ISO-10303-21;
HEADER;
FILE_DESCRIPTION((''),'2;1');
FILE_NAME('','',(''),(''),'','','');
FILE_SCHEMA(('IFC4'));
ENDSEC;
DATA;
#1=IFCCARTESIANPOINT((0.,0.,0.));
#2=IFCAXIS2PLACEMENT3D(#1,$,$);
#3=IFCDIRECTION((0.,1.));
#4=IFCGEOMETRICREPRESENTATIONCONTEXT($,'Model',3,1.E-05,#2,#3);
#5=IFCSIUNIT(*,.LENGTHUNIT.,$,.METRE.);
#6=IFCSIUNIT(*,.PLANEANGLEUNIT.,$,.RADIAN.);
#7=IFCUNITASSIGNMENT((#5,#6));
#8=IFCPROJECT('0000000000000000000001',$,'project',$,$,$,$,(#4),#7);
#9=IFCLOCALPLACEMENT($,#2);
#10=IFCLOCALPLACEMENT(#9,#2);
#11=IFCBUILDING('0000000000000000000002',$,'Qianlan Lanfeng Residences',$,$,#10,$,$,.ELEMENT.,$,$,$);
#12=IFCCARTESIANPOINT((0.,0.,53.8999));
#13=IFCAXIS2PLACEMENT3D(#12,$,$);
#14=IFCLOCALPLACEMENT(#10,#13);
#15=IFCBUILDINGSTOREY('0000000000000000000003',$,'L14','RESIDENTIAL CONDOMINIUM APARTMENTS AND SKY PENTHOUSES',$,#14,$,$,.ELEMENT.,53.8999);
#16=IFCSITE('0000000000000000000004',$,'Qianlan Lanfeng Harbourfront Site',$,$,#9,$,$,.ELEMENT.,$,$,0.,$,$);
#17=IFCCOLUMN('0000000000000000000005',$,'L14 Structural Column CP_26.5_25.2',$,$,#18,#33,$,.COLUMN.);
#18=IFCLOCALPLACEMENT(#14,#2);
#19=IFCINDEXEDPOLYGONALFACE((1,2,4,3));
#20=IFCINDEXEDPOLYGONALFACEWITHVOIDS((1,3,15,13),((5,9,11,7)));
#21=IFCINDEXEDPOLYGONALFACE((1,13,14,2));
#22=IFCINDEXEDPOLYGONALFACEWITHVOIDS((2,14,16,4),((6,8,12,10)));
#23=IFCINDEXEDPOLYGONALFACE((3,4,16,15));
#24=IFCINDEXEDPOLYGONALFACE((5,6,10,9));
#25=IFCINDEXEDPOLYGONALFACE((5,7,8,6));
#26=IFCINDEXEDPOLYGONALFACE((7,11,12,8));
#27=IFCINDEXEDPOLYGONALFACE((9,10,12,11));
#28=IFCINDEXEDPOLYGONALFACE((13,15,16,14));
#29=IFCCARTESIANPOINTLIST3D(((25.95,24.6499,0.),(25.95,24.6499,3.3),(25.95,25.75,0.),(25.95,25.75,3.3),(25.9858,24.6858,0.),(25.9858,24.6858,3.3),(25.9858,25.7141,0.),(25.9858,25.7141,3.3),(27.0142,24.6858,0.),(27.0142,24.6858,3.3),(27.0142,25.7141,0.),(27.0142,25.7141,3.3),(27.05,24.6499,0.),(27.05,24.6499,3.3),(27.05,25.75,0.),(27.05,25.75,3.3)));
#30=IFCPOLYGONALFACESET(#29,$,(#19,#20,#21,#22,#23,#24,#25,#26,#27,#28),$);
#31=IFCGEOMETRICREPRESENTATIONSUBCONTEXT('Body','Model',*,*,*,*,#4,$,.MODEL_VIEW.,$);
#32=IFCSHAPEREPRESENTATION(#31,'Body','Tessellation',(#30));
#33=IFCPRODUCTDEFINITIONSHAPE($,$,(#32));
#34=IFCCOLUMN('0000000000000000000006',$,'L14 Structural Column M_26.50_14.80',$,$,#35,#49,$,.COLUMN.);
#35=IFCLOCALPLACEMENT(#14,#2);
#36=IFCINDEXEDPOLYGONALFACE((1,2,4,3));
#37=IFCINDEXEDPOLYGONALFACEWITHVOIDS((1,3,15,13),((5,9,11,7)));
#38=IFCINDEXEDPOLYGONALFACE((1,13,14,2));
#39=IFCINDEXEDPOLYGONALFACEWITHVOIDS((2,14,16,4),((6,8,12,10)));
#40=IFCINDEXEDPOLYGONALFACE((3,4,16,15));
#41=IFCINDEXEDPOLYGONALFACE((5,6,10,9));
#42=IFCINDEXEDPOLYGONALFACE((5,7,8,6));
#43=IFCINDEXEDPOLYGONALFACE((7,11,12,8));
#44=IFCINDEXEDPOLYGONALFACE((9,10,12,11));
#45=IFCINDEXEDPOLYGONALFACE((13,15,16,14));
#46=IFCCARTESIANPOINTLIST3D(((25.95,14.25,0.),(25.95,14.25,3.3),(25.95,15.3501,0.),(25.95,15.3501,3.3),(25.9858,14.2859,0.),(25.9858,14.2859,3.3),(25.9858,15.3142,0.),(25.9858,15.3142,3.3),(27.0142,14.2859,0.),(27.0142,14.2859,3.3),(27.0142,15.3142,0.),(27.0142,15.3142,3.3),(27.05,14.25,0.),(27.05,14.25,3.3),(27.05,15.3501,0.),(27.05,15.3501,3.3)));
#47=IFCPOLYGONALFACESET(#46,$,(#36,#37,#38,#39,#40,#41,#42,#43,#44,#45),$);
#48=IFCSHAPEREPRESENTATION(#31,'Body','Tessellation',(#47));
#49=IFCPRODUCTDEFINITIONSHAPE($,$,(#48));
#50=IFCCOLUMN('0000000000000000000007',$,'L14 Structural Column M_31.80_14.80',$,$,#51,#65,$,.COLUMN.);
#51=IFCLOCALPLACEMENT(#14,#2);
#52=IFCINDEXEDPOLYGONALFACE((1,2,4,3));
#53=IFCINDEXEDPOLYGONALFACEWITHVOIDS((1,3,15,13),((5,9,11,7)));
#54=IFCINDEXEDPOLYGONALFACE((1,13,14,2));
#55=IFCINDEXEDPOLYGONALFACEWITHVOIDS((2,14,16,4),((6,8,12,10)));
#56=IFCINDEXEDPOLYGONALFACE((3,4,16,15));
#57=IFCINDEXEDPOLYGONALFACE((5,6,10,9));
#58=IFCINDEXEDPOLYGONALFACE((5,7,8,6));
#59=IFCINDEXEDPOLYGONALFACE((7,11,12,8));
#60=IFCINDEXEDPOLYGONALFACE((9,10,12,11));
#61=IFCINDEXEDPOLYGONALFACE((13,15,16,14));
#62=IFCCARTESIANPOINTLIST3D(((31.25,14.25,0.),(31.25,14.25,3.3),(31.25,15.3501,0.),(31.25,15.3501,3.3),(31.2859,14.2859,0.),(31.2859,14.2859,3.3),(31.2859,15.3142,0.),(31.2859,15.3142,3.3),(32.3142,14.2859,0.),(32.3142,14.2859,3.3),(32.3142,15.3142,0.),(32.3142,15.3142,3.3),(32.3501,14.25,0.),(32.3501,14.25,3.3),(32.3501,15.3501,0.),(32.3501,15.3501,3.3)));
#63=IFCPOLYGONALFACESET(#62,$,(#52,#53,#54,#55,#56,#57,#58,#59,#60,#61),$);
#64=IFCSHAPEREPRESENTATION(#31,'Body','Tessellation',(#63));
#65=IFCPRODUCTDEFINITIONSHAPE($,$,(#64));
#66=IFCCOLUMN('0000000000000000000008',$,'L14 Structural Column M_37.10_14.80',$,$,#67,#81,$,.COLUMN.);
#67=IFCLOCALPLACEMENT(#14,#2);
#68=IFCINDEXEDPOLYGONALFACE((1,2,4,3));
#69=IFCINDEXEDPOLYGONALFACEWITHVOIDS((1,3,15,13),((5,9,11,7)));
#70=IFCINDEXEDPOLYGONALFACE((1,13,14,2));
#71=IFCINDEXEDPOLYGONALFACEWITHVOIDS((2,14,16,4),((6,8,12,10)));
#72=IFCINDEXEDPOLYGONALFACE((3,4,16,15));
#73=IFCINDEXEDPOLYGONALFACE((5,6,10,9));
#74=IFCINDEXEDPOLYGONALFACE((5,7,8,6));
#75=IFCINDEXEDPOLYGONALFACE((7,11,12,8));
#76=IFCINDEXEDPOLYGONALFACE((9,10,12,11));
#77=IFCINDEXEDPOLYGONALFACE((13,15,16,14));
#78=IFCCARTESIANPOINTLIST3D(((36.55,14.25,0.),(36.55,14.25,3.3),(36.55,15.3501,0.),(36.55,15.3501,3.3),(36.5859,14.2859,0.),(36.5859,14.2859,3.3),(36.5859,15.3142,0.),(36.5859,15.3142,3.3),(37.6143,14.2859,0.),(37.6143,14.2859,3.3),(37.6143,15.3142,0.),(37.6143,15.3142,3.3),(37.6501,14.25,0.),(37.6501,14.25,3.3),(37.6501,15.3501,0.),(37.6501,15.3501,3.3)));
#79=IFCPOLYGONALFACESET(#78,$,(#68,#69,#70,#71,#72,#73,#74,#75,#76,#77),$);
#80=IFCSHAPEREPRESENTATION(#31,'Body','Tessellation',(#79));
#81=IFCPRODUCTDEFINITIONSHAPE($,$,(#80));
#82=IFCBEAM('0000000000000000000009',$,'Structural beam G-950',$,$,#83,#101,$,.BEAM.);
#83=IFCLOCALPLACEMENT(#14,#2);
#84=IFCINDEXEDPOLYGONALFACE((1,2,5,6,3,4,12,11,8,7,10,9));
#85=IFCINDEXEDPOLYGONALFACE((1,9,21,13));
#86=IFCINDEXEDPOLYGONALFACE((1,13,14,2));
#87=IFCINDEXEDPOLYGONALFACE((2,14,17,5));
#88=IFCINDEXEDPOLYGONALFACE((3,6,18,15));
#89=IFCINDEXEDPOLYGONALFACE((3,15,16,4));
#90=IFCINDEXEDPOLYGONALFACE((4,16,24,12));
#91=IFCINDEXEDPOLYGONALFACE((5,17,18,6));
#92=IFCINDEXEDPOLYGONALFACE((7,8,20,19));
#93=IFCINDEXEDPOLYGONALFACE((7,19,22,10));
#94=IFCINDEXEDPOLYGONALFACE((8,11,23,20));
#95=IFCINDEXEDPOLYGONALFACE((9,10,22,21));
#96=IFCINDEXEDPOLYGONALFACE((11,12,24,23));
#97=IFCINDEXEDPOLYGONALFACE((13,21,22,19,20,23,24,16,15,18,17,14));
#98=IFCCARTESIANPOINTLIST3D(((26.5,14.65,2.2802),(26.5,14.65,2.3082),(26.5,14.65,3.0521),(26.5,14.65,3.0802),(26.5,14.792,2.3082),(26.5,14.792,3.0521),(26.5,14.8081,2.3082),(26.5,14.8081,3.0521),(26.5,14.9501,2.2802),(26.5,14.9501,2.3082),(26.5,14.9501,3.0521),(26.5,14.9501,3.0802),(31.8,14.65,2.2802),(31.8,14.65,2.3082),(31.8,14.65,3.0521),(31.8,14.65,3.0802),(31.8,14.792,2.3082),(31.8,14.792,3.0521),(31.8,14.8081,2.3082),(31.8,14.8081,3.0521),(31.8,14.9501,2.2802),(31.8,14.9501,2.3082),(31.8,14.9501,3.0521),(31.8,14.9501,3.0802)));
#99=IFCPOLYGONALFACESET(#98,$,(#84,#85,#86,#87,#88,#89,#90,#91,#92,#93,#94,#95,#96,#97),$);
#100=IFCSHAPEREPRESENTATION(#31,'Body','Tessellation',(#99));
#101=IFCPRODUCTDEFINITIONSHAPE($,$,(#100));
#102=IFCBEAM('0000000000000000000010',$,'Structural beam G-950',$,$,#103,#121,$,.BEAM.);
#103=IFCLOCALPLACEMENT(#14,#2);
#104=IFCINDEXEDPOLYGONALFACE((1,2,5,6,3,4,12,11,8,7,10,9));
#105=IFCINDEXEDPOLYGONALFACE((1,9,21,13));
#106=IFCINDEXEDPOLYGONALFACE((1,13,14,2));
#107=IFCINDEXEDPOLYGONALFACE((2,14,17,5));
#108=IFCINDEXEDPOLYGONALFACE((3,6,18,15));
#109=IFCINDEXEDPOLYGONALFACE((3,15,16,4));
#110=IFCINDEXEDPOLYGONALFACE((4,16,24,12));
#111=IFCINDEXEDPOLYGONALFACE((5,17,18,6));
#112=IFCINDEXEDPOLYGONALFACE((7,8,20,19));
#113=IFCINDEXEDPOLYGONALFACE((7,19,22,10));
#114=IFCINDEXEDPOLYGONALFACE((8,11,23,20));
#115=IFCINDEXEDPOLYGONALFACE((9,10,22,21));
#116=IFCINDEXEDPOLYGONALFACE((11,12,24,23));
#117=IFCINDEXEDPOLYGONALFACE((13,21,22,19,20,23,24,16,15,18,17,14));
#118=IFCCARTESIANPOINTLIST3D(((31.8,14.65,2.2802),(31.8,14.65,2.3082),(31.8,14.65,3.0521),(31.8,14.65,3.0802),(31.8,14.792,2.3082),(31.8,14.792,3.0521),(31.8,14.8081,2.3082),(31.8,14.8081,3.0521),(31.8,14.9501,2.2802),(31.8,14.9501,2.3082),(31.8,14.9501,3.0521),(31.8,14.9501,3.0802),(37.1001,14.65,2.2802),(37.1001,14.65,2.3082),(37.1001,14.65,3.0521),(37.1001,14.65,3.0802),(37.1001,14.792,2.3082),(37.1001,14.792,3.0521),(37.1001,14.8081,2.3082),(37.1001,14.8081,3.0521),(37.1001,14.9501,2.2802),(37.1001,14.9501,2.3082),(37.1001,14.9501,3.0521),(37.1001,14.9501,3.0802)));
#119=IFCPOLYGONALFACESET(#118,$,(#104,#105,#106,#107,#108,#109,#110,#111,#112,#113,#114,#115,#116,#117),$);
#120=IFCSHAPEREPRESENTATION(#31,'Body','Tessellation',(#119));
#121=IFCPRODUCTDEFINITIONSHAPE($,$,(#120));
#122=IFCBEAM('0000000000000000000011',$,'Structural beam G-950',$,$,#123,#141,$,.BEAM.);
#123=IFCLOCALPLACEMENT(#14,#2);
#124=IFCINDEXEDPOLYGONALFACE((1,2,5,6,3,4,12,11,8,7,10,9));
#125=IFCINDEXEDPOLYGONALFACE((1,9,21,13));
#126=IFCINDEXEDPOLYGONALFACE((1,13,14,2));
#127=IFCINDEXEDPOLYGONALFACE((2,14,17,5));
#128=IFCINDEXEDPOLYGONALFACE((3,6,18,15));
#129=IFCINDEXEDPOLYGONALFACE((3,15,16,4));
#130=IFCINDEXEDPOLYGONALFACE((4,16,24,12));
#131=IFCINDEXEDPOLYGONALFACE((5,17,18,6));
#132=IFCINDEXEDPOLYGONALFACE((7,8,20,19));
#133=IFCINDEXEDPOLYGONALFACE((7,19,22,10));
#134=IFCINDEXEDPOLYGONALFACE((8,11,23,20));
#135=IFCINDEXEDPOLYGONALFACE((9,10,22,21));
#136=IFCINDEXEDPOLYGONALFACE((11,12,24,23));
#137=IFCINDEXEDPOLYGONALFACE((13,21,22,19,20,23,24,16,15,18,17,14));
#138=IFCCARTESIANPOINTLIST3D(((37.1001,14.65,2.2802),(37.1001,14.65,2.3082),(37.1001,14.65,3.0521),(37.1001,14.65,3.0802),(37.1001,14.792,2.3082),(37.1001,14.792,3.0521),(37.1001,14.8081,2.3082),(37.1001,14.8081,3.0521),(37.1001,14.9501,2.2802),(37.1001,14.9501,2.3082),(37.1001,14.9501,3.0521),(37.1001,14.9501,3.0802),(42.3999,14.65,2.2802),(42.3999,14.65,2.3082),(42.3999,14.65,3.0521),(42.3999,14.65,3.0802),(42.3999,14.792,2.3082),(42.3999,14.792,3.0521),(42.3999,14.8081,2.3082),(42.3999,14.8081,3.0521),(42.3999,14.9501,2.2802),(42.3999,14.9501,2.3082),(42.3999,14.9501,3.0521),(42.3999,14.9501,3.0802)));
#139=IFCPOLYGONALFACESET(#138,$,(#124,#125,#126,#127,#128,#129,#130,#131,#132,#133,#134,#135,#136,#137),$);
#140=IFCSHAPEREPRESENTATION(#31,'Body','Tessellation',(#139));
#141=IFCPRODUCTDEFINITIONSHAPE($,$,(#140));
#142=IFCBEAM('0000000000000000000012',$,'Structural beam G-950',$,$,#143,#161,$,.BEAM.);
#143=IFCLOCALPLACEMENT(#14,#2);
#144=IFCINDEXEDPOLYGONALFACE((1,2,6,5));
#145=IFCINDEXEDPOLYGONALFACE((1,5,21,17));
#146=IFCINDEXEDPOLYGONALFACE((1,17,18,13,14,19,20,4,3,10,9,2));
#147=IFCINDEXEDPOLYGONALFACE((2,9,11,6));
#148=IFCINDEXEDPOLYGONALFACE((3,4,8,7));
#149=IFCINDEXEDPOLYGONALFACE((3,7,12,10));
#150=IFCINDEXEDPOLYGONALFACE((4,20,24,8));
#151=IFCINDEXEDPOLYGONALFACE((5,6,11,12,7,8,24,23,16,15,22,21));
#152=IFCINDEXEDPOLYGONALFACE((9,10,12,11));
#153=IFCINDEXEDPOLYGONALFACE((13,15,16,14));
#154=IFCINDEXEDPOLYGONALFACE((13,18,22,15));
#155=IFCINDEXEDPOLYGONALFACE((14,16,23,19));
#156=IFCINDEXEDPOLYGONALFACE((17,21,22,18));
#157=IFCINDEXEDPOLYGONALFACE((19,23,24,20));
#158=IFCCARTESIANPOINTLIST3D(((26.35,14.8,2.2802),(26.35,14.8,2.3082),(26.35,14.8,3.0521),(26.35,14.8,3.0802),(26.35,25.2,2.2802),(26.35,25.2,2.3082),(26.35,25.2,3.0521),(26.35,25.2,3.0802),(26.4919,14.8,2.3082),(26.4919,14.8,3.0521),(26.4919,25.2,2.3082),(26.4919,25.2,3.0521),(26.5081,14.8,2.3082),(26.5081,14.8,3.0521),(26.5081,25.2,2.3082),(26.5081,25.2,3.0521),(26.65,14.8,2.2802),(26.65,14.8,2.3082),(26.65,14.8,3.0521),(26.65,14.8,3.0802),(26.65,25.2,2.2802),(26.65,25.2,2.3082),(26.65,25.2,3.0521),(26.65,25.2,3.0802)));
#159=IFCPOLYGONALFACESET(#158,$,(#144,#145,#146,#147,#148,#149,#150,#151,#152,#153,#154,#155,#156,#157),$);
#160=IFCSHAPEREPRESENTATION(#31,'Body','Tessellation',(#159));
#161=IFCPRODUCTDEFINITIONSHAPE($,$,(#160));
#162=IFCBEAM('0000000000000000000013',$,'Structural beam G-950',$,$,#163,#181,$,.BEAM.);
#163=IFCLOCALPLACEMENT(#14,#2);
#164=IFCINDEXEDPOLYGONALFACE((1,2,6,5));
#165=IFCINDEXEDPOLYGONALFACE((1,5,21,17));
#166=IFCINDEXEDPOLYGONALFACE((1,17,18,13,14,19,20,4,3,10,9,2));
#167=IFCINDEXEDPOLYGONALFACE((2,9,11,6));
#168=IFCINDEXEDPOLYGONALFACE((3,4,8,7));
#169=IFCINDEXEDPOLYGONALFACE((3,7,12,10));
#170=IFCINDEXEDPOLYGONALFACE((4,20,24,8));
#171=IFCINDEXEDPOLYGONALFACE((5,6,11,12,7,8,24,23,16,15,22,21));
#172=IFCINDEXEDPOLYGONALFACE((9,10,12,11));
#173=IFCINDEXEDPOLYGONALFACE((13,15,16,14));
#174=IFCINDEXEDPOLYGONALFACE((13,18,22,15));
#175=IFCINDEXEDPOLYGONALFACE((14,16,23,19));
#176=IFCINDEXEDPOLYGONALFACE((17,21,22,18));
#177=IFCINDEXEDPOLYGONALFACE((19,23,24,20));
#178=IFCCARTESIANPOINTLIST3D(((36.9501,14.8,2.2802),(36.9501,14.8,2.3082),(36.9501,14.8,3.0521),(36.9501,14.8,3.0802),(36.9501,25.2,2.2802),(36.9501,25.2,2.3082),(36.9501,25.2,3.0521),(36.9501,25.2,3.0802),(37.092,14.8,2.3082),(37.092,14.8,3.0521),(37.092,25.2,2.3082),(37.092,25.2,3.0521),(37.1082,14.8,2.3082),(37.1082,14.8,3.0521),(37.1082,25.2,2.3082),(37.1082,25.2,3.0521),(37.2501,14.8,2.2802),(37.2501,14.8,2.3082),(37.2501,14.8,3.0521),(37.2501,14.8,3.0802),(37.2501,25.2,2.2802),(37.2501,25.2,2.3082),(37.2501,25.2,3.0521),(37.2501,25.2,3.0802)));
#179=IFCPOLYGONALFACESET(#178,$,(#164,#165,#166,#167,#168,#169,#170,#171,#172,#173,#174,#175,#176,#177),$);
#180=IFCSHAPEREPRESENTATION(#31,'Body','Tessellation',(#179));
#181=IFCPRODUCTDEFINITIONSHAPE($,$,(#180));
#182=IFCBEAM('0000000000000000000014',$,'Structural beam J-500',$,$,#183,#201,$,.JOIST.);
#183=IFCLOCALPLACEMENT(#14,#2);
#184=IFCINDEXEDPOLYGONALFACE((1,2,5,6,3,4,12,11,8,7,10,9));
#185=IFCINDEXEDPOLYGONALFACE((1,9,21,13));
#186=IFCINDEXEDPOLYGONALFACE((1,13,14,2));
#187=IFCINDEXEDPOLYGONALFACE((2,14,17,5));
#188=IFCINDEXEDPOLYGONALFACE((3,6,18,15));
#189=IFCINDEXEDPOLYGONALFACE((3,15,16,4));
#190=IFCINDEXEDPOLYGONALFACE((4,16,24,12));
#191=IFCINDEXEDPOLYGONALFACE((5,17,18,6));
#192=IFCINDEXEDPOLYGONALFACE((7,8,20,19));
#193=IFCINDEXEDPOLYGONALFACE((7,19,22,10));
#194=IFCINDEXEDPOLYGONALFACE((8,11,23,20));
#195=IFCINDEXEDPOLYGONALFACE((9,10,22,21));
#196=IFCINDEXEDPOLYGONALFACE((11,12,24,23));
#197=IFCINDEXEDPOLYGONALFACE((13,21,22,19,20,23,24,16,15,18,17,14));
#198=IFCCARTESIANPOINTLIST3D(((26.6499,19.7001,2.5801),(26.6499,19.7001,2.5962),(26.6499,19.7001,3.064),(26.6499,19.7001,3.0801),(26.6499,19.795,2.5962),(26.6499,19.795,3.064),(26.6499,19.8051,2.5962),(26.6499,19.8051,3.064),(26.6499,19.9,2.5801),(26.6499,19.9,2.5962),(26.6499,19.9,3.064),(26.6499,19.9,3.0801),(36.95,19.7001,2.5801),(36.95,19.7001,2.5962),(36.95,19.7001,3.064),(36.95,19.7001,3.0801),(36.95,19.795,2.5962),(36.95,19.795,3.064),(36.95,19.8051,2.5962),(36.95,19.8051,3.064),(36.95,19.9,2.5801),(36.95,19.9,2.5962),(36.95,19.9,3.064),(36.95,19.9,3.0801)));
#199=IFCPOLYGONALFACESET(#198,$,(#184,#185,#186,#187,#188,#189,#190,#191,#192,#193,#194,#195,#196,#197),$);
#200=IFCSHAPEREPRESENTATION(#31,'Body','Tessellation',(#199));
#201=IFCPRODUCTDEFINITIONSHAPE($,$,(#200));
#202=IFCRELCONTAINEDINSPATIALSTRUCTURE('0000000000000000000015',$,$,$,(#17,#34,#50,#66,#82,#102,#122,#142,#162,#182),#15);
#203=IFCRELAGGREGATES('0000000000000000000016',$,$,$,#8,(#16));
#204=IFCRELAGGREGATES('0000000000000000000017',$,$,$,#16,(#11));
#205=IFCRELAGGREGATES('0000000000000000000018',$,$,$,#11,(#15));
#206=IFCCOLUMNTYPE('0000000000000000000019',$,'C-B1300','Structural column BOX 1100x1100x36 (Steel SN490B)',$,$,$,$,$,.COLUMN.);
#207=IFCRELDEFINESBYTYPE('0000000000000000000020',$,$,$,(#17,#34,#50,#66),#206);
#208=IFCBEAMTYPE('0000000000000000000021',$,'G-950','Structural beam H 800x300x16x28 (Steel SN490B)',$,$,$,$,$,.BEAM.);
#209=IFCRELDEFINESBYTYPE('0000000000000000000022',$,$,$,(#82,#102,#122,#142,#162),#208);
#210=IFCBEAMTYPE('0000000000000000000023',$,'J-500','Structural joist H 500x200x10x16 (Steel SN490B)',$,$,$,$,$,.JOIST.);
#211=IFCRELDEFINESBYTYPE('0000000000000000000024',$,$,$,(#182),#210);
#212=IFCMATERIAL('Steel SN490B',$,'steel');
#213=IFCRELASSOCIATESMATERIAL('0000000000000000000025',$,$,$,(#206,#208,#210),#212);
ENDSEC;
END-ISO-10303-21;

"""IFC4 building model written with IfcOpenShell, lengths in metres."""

from ifc_helpers import new_model, si_unit, direction, frame, origin, origin_2d, place, context, subcontext, project, spatial, hollow_rectangle, i_section, extrude, material, material_profile, profile_set, type_object, element, save


model = new_model("IFC4")

# Units and contexts
model_context = context("Model", 3, precision=1e-05, world=origin(), true_north=direction((0.0, 1.0)))
body_context = subcontext(model_context, "Body", "Model", "MODEL_VIEW")
ifc_project = project(units=[si_unit("LENGTHUNIT", "METRE"), si_unit("PLANEANGLEUNIT", "RADIAN")], contexts=[model_context])

# Site, building, storey
site_placement = place(None, origin())
site = spatial("IfcSite", under=ifc_project, at=site_placement, Name="Qianlan Lanfeng Harbourfront Site", CompositionType="ELEMENT", RefElevation=0.0)
building_placement = place(site_placement, origin())
building = spatial("IfcBuilding", under=site, at=building_placement, Name="Qianlan Lanfeng Residences", CompositionType="ELEMENT")
storey_placement = place(building_placement, frame((0.0, 0.0, 53.8999)))
storey = spatial("IfcBuildingStorey", under=building, at=storey_placement, Name="L14", Description="RESIDENTIAL CONDOMINIUM APARTMENTS AND SKY PENTHOUSES", CompositionType="ELEMENT", Elevation=53.8999)

# Columns
ifc_material_1 = material(Name="Steel SN490B", Category="steel")
ifc_material_profile_1 = material_profile(ifc_material_1, hollow_rectangle(XDim=1.1001, YDim=1.1001, WallThickness=0.0359, at=origin_2d()), Name="BOX 1100x1100x36")
ifc_profile_set_1 = profile_set([ifc_material_profile_1], Name="Steel SN490B")
column_type = type_object("IfcColumnType", Name="C-B1300", Description="Structural column BOX 1100x1100x36 (Steel SN490B)", PredefinedType="COLUMN", material=ifc_profile_set_1)
for number, where, z_axis, x_axis, name in (
    (1, (26.5, 25.2, 0.0), (0.0, 0.0, 1.0), (1.0, 0.0, 0.0), "L14 Structural Column CP_26.5_25.2"),
    (2, (26.5, 14.8, 0.0), (0.0, 0.0, 1.0), (1.0, 0.0, 0.0), "L14 Structural Column M_26.50_14.80"),
    (3, (31.8, 14.8, 0.0), (0.0, 0.0, 1.0), (1.0, 0.0, 0.0), "L14 Structural Column M_31.80_14.80"),
    (4, (37.1001, 14.8, 0.0), (0.0, 0.0, 1.0), (1.0, 0.0, 0.0), "L14 Structural Column M_37.10_14.80"),
):
    element("IfcColumn", number, at=place(storey_placement, frame(where, z_axis=z_axis, x_axis=x_axis)), inside=storey, type_object=column_type, Name=name, PredefinedType="COLUMN", context=body_context, shape_type="SweptSolid", body=[
        extrude(hollow_rectangle(XDim=1.1001, YDim=1.1001, WallThickness=0.0359, at=origin_2d()), origin(), (0.0, 0.0, 1.0), 3.3),
    ])

# Beams
ifc_material_profile_2 = material_profile(ifc_material_1, i_section(OverallWidth=0.3, OverallDepth=0.8, WebThickness=0.0161, FlangeThickness=0.0281, at=origin_2d()), Name="H 800x300x16x28")
ifc_profile_set_2 = profile_set([ifc_material_profile_2], Name="Steel SN490B")
beam_type_1 = type_object("IfcBeamType", Name="G-950", Description="Structural beam H 800x300x16x28 (Steel SN490B)", PredefinedType="BEAM", material=ifc_profile_set_2)
for number, where, z_axis, x_axis, name in (
    (5, (26.5, 14.8, 2.6802), (1.0, 0.0, 0.0), (0.0, 1.0, 0.0), "Structural beam G-950"),
    (6, (31.8, 14.8, 2.6802), (1.0, 0.0, 0.0), (0.0, 1.0, 0.0), "Structural beam G-950"),
):
    element("IfcBeam", number, at=place(storey_placement, frame(where, z_axis=z_axis, x_axis=x_axis)), inside=storey, type_object=beam_type_1, Name=name, PredefinedType="BEAM", context=body_context, shape_type="SweptSolid", body=[
        extrude(i_section(OverallWidth=0.3, OverallDepth=0.8, WebThickness=0.0161, FlangeThickness=0.0281, at=origin_2d()), origin(), (0.0, 0.0, 1.0), 5.3),
    ])
beam_1_placement = place(storey_placement, frame((37.1001, 14.8, 2.6802), z_axis=(1.0, 0.0, 0.0), x_axis=(0.0, 1.0, 0.0)))
element("IfcBeam", 7, at=beam_1_placement, inside=storey, type_object=beam_type_1, Name="Structural beam G-950", PredefinedType="BEAM", context=body_context, shape_type="SweptSolid", body=[
    extrude(i_section(OverallWidth=0.3, OverallDepth=0.8, WebThickness=0.0161, FlangeThickness=0.0281, at=origin_2d()), origin(), (0.0, 0.0, 1.0), 5.2998),
])
for number, where, z_axis, x_axis, name in (
    (8, (26.5, 14.8, 2.6802), (0.0, 1.0, 0.0), (-1.0, 0.0, 0.0), "Structural beam G-950"),
    (9, (37.1001, 14.8, 2.6802), (0.0, 1.0, 0.0), (-1.0, 0.0, 0.0), "Structural beam G-950"),
):
    element("IfcBeam", number, at=place(storey_placement, frame(where, z_axis=z_axis, x_axis=x_axis)), inside=storey, type_object=beam_type_1, Name=name, PredefinedType="BEAM", context=body_context, shape_type="SweptSolid", body=[
        extrude(i_section(OverallWidth=0.3, OverallDepth=0.8, WebThickness=0.0161, FlangeThickness=0.0281, at=origin_2d()), origin(), (0.0, 0.0, 1.0), 10.3999),
    ])
ifc_material_profile_3 = material_profile(ifc_material_1, i_section(OverallWidth=0.2, OverallDepth=0.5, WebThickness=0.01, FlangeThickness=0.0161, at=origin_2d()), Name="H 500x200x10x16")
ifc_profile_set_3 = profile_set([ifc_material_profile_3], Name="Steel SN490B")
beam_type_2 = type_object("IfcBeamType", Name="J-500", Description="Structural joist H 500x200x10x16 (Steel SN490B)", PredefinedType="JOIST", material=ifc_profile_set_3)
beam_2_placement = place(storey_placement, frame((26.6499, 19.8, 2.8301), z_axis=(1.0, 0.0, 0.0), x_axis=(0.0, 1.0, 0.0)))
element("IfcBeam", 10, at=beam_2_placement, inside=storey, type_object=beam_type_2, Name="Structural beam J-500", PredefinedType="JOIST", context=body_context, shape_type="SweptSolid", body=[
    extrude(i_section(OverallWidth=0.2, OverallDepth=0.5, WebThickness=0.01, FlangeThickness=0.0161, at=origin_2d()), origin(), (0.0, 0.0, 1.0), 10.3),
])

save(model, "model.ifc")
